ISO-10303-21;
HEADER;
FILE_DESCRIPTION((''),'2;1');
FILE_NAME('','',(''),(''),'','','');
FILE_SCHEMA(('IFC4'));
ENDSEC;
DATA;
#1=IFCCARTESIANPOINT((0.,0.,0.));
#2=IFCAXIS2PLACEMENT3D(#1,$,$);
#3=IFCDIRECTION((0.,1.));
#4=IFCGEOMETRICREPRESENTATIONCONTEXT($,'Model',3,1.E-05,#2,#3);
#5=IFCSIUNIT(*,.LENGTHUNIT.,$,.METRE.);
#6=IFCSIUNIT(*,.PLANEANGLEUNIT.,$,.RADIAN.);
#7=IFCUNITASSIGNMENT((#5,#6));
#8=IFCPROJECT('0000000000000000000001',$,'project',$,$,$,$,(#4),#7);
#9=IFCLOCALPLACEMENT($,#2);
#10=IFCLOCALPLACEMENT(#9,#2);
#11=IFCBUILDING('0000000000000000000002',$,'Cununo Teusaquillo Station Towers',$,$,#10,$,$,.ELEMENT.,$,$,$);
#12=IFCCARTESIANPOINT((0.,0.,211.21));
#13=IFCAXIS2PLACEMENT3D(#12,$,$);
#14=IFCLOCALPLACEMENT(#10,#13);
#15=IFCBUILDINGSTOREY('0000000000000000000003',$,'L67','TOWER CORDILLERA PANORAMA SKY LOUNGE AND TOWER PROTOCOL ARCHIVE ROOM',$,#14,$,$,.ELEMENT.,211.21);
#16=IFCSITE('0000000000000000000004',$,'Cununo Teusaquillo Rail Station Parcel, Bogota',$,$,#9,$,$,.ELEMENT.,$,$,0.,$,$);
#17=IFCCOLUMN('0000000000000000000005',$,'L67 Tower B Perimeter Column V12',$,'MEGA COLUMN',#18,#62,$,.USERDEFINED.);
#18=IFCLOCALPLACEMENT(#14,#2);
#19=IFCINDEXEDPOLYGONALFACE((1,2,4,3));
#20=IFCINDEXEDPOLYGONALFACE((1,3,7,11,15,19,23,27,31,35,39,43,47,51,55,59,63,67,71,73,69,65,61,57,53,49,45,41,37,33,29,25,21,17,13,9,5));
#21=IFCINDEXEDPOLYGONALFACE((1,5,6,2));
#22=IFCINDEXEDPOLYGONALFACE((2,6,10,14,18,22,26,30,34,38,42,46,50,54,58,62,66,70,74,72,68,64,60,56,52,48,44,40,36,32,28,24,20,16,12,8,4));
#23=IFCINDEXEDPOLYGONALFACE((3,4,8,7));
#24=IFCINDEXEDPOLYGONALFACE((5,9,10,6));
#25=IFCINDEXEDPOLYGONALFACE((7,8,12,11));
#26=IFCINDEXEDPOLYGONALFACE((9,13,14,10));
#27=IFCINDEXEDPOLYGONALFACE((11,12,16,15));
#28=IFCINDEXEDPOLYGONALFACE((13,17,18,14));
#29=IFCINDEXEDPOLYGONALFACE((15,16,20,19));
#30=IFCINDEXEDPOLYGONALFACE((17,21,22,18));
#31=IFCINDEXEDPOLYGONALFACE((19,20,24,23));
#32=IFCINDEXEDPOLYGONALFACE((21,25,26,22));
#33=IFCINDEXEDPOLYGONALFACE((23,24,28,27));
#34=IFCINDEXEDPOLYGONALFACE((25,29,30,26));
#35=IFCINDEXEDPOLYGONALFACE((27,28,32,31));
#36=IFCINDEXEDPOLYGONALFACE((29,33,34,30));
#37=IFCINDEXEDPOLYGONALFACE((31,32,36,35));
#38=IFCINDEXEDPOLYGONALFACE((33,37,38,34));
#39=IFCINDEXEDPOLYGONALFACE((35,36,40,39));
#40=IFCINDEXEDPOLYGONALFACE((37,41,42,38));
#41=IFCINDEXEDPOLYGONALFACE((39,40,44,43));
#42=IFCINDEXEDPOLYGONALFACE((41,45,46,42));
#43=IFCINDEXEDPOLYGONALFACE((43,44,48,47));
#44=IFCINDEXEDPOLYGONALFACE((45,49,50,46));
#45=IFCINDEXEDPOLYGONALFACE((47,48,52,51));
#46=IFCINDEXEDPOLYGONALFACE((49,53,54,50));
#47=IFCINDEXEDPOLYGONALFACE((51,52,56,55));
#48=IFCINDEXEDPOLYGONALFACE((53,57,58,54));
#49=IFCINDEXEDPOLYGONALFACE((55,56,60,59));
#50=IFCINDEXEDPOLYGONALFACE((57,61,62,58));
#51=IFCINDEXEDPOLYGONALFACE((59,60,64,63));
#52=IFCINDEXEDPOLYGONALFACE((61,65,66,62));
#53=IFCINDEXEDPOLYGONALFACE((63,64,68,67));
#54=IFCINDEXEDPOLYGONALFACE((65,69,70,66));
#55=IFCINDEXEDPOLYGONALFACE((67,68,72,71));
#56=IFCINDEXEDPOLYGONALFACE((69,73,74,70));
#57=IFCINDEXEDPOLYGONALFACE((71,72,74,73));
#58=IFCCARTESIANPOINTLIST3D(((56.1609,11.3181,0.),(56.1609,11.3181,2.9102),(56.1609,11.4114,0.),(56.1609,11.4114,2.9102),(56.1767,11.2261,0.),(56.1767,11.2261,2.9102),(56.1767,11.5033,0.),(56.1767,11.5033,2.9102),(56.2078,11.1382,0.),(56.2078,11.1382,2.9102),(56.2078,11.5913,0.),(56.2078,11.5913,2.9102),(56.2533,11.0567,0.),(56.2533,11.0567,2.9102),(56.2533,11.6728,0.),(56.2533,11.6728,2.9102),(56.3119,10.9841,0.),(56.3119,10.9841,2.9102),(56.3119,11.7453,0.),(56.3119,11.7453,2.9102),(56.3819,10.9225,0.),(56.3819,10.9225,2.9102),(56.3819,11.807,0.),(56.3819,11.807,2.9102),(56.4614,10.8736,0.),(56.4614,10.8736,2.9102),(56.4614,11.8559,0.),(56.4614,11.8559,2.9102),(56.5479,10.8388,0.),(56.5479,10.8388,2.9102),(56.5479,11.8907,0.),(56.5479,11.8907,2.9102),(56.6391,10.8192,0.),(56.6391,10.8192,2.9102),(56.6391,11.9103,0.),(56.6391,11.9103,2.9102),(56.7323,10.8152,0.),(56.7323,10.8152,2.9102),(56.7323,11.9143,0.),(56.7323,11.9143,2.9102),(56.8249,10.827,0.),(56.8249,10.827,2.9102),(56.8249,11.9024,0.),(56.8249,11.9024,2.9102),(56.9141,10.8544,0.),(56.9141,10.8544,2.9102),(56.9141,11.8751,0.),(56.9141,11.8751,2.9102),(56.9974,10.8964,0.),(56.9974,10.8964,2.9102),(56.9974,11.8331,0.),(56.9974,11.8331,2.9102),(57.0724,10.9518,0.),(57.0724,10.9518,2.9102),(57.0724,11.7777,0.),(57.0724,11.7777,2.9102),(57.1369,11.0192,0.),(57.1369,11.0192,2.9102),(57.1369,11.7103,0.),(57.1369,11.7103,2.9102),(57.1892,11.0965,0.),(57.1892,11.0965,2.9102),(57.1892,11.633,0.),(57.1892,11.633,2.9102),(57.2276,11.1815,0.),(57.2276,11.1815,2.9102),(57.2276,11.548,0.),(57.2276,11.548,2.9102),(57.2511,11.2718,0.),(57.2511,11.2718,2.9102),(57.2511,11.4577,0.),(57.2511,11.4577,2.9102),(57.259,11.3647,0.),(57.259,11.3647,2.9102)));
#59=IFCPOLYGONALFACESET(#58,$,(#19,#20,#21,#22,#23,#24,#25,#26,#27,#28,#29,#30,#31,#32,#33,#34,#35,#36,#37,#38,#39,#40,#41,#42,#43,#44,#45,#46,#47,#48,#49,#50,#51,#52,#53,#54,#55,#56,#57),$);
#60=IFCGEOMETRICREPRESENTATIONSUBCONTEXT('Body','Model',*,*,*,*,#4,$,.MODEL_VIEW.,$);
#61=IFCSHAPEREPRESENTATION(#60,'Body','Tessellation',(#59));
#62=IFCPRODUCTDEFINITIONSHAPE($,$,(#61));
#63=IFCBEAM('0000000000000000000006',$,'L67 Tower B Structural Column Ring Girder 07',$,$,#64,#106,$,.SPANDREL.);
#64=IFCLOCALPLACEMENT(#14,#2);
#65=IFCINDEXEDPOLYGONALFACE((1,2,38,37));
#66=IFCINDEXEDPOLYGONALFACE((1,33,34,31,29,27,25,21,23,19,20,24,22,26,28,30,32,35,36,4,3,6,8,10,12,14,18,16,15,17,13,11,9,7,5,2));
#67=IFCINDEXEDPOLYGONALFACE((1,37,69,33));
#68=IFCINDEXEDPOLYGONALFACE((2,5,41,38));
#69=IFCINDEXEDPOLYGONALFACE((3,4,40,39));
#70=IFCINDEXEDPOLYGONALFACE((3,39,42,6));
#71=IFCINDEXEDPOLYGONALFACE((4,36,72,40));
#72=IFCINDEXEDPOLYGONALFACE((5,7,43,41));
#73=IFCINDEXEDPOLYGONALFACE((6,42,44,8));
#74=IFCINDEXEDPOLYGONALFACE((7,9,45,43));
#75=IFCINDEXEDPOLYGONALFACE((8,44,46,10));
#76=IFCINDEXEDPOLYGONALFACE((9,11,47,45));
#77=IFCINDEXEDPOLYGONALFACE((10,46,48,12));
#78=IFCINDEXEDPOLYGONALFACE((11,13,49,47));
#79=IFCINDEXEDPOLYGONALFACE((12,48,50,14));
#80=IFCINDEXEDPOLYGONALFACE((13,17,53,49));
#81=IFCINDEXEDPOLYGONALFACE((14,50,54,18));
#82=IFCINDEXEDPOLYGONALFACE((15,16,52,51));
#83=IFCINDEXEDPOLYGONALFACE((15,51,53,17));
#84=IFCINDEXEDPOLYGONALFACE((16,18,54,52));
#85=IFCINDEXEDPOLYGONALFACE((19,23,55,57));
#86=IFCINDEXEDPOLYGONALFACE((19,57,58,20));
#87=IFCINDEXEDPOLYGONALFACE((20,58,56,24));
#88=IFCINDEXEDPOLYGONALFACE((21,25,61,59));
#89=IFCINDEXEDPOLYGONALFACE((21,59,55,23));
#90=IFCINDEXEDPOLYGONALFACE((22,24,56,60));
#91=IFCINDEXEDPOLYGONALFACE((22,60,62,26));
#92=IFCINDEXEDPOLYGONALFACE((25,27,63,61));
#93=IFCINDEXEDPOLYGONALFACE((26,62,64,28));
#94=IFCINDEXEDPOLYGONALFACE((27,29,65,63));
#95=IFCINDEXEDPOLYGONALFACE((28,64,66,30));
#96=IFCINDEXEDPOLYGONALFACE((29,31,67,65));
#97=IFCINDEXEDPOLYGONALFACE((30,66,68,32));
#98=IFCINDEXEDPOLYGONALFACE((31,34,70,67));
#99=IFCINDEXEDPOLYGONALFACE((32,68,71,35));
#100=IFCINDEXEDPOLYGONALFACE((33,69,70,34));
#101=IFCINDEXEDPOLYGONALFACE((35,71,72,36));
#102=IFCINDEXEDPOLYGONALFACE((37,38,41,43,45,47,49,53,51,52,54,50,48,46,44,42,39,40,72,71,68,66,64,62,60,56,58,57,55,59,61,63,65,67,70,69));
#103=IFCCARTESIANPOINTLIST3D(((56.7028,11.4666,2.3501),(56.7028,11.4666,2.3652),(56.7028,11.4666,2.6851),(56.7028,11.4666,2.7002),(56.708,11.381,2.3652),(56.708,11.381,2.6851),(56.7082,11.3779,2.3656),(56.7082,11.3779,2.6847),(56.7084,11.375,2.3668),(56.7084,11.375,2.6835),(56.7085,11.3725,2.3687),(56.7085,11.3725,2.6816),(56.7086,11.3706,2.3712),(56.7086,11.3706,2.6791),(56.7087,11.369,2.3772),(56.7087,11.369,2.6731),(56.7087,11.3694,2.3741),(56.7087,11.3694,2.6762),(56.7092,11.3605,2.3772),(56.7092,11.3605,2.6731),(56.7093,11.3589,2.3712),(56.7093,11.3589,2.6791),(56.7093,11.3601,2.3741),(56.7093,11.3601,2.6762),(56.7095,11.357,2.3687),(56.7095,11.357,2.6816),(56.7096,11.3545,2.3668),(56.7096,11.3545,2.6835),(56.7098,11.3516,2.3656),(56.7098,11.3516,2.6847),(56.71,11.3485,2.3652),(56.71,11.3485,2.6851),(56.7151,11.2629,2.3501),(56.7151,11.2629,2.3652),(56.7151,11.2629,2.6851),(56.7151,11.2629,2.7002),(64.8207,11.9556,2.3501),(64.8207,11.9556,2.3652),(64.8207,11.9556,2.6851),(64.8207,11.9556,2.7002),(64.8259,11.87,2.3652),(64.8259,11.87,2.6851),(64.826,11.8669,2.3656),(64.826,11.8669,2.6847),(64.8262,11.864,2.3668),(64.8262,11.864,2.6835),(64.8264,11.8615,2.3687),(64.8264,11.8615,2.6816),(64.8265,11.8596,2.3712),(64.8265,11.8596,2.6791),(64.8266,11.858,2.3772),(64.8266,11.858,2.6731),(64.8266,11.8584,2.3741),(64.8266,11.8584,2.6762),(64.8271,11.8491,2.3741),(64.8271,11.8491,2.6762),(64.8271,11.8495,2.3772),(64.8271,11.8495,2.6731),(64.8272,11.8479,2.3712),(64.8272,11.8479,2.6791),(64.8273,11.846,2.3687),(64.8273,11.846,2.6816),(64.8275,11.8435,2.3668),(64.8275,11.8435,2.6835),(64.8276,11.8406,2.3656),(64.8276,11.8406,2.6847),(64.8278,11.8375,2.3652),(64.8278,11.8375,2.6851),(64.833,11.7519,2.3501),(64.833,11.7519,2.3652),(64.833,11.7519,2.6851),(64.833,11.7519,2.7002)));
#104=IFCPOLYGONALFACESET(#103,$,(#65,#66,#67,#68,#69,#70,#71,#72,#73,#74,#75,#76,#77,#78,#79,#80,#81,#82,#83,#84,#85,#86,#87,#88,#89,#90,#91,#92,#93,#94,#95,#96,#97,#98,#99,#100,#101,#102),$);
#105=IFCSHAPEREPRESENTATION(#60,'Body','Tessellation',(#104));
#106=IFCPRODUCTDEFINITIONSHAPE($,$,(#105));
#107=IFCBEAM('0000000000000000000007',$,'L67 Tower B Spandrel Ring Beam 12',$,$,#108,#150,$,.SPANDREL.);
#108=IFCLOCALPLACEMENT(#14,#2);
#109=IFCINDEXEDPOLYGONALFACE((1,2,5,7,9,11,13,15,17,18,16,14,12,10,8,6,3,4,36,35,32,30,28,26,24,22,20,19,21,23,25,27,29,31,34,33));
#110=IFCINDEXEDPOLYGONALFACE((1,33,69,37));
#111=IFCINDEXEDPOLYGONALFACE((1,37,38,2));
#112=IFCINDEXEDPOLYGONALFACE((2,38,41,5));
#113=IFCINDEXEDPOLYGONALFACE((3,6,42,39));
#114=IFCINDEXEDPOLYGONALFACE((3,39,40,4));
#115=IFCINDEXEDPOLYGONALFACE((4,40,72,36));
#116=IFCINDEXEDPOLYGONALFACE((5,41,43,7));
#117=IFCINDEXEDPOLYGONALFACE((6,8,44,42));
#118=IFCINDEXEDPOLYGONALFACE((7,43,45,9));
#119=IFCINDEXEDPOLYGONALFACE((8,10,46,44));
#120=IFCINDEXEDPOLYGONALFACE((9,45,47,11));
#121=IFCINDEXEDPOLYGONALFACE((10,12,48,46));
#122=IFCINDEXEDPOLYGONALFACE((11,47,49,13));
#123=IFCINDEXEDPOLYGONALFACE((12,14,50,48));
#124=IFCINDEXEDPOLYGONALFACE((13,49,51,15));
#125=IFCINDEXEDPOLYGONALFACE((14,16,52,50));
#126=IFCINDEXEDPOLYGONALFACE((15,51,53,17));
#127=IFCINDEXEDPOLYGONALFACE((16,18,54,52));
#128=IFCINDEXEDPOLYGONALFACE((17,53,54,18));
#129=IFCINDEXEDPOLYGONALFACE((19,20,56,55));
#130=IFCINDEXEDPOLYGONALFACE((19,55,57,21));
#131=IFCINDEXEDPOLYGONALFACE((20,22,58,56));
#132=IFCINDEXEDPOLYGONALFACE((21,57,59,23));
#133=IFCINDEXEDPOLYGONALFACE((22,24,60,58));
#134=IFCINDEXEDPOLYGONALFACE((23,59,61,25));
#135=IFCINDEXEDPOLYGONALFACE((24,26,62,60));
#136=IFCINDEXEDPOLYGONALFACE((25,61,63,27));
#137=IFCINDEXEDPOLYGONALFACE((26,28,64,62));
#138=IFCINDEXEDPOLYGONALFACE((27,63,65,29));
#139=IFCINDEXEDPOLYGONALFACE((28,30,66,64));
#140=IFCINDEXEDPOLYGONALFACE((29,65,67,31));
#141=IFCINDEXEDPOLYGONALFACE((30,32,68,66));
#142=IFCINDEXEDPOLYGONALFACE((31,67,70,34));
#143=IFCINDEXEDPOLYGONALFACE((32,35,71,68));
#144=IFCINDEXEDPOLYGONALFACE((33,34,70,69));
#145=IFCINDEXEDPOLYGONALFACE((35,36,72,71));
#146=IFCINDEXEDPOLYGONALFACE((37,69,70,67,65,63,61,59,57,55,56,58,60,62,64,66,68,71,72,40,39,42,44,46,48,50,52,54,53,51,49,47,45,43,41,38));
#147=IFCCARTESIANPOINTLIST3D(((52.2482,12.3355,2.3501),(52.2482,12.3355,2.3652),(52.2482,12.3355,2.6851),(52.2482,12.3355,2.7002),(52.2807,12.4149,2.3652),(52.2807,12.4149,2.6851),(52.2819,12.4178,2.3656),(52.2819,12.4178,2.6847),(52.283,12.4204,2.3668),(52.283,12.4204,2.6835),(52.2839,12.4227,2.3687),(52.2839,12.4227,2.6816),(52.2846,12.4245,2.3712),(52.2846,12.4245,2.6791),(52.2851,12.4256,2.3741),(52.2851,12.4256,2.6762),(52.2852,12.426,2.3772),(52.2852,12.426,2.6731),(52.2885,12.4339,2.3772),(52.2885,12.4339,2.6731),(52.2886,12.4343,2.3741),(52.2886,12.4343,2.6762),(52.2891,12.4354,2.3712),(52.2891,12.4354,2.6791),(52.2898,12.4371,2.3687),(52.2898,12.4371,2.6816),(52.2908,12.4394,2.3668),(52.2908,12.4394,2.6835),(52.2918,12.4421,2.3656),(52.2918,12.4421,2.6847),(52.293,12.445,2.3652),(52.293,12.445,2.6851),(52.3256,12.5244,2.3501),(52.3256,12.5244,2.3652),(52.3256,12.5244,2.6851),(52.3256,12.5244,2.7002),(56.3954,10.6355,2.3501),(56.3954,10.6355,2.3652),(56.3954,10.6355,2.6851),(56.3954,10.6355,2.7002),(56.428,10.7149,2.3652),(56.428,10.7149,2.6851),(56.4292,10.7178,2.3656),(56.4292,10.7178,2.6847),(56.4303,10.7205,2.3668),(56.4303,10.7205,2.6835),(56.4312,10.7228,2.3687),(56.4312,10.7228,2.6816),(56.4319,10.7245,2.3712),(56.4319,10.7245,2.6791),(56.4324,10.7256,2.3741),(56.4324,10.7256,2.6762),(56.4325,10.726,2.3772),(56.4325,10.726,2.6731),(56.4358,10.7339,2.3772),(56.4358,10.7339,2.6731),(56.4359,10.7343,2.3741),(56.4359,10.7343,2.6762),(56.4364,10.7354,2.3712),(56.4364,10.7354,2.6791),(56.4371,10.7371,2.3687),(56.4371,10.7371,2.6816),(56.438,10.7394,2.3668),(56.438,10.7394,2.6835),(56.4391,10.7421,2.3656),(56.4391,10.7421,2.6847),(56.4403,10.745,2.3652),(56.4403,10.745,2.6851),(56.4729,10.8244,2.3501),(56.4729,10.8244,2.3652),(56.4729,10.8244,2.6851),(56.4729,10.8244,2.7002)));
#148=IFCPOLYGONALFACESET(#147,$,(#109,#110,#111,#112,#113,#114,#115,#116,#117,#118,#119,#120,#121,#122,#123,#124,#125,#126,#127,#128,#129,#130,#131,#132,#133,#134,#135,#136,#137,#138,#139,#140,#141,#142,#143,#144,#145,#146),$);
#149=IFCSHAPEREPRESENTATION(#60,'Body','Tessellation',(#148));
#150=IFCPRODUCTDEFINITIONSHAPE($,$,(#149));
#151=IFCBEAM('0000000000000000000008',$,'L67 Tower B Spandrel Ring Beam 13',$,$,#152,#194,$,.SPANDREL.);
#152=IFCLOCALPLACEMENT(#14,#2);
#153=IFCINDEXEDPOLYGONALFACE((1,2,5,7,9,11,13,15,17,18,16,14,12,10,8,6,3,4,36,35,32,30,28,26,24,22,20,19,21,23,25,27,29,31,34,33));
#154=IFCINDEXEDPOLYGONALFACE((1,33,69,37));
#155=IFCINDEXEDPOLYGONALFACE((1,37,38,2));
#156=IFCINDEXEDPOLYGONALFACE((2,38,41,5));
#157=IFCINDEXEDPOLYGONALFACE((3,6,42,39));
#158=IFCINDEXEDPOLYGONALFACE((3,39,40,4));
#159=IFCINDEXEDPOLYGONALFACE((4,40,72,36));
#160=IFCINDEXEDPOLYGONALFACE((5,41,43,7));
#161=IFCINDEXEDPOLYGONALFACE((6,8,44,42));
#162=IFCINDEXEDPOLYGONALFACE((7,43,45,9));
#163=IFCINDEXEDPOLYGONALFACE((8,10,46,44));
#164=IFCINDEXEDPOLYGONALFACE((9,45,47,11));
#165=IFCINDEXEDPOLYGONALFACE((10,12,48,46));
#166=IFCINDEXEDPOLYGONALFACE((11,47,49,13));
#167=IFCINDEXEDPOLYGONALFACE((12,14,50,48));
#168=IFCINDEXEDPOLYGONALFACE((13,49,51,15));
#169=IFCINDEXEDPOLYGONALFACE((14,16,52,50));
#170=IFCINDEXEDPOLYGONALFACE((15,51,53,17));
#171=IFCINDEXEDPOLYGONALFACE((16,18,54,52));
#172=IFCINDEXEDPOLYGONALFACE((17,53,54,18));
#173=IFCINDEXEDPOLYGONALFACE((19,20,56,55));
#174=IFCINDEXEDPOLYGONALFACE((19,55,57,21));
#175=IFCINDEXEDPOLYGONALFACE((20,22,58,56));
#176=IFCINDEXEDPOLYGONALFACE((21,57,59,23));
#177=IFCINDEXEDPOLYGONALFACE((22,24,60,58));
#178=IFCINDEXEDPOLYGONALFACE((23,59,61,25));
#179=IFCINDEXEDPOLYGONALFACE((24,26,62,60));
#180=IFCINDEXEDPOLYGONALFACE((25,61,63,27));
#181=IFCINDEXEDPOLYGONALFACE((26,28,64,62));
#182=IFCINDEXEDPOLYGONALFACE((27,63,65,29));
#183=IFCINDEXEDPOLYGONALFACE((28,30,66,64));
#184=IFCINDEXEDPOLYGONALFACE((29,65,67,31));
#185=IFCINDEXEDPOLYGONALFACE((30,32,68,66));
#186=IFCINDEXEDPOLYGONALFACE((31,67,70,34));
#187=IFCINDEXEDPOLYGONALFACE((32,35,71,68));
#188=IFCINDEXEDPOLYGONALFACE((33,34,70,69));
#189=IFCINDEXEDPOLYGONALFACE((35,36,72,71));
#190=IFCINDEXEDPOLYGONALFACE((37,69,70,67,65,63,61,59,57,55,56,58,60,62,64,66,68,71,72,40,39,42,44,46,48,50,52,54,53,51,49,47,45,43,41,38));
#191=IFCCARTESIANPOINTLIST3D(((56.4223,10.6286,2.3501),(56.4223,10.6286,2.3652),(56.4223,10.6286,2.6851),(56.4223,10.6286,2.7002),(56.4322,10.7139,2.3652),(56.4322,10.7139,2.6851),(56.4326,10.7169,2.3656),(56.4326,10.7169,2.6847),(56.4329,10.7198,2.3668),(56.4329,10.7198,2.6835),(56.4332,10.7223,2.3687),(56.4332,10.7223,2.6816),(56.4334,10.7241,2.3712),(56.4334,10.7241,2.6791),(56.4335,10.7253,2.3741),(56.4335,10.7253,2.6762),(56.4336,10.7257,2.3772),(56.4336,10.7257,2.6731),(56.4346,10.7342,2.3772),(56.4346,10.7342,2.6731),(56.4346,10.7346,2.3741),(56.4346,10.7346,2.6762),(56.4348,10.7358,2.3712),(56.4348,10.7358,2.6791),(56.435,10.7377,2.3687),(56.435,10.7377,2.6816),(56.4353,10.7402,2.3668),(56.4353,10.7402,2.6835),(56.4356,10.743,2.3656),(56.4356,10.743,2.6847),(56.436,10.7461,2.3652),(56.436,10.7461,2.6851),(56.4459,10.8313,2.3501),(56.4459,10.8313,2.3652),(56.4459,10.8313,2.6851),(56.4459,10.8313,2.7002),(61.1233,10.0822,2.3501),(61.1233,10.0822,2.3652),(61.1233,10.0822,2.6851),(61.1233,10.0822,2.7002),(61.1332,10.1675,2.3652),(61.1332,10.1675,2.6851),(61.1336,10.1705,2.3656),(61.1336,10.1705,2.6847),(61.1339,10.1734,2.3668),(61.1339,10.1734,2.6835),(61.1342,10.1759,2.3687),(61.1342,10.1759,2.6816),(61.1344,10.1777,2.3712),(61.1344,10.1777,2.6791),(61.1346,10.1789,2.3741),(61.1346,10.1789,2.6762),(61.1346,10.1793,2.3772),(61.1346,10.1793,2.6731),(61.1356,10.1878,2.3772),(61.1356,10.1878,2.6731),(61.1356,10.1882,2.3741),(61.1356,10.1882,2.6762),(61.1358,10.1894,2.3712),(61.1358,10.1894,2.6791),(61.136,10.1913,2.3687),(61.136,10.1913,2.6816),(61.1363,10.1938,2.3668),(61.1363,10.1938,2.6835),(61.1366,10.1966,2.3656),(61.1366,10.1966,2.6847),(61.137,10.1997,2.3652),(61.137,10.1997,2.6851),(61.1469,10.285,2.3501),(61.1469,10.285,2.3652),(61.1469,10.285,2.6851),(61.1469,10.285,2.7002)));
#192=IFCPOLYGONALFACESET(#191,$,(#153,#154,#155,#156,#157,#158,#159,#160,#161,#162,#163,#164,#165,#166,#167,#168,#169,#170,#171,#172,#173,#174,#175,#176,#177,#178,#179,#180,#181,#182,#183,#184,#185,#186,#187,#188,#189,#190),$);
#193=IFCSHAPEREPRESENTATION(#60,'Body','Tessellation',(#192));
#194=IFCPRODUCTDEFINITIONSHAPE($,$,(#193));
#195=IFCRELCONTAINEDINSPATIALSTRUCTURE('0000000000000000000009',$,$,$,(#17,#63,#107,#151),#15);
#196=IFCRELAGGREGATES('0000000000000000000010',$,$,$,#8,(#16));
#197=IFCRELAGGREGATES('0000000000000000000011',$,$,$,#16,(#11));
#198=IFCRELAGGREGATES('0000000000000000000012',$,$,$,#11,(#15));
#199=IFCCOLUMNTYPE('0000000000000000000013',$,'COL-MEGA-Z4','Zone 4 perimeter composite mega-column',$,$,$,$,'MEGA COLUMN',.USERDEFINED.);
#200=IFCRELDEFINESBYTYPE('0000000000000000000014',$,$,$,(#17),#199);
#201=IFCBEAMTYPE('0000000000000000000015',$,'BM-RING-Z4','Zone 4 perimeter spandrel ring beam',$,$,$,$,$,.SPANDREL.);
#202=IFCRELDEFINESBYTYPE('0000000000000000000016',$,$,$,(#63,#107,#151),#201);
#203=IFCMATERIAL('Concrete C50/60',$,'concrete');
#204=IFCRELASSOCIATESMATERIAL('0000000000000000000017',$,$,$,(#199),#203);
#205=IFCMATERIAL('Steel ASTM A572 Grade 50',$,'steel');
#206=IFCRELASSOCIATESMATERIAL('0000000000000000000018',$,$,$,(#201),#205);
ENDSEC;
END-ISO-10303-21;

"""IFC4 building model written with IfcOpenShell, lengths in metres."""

from ifc_helpers import new_model, si_unit, direction, frame, origin, origin_2d, place, context, subcontext, project, spatial, circle, i_section, extrude, material, material_profile, profile_set, type_object, element, save


model = new_model("IFC4")

# Units and contexts
model_context = context("Model", 3, precision=1e-05, world=origin(), true_north=direction((0.0, 1.0)))
body_context = subcontext(model_context, "Body", "Model", "MODEL_VIEW")
ifc_project = project(units=[si_unit("LENGTHUNIT", "METRE"), si_unit("PLANEANGLEUNIT", "RADIAN")], contexts=[model_context])

# Site, building, storey
site_placement = place(None, origin())
site = spatial("IfcSite", under=ifc_project, at=site_placement, Name="Cununo Teusaquillo Rail Station Parcel, Bogota", CompositionType="ELEMENT", RefElevation=0.0)
building_placement = place(site_placement, origin())
building = spatial("IfcBuilding", under=site, at=building_placement, Name="Cununo Teusaquillo Station Towers", CompositionType="ELEMENT")
storey_placement = place(building_placement, frame((0.0, 0.0, 211.21)))
storey = spatial("IfcBuildingStorey", under=building, at=storey_placement, Name="L67", Description="TOWER CORDILLERA PANORAMA SKY LOUNGE AND TOWER PROTOCOL ARCHIVE ROOM", CompositionType="ELEMENT", Elevation=211.21)

# Column
ifc_material_1 = material(Name="Concrete C50/60", Category="concrete")
ifc_material_profile_1 = material_profile(ifc_material_1, circle(Radius=0.55, at=origin_2d()), Name="RC-CIRC-1100")
ifc_profile_set_1 = profile_set([ifc_material_profile_1], Name="Concrete C50/60")
column_type = type_object("IfcColumnType", Name="COL-MEGA-Z4", Description="Zone 4 perimeter composite mega-column", ElementType="MEGA COLUMN", PredefinedType="USERDEFINED", material=ifc_profile_set_1)
column_placement = place(storey_placement, frame((56.709, 11.3647, 0.0), z_axis=(0.0, 0.0, 1.0), x_axis=(1.0, 0.0, 0.0)))
element("IfcColumn", 1, at=column_placement, inside=storey, type_object=column_type, Name="L67 Tower B Perimeter Column V12", ObjectType="MEGA COLUMN", PredefinedType="USERDEFINED", context=body_context, shape_type="SweptSolid", body=[
    extrude(circle(Radius=0.55, at=origin_2d()), origin(), (0.0, 0.0, 1.0), 2.9102),
])

# Beams
ifc_material_2 = material(Name="Steel ASTM A572 Grade 50", Category="steel")
ifc_material_profile_2 = material_profile(ifc_material_2, i_section(OverallWidth=0.2041, OverallDepth=0.3501, WebThickness=0.0085, FlangeThickness=0.0151, FilletRadius=0.012, at=origin_2d()), Name="W14X48")
ifc_profile_set_2 = profile_set([ifc_material_profile_2], Name="Steel ASTM A572 Grade 50")
beam_type = type_object("IfcBeamType", Name="BM-RING-Z4", Description="Zone 4 perimeter spandrel ring beam", PredefinedType="SPANDREL", material=ifc_profile_set_2)
beam_1_placement = place(storey_placement, frame((56.709, 11.3647, 2.5251), z_axis=(0.998191, 0.06013, 0.0), x_axis=(-0.06013, 0.998191, 0.0)))
element("IfcBeam", 2, at=beam_1_placement, inside=storey, type_object=beam_type, Name="L67 Tower B Structural Column Ring Girder 07", PredefinedType="SPANDREL", context=body_context, shape_type="SweptSolid", body=[
    extrude(i_section(OverallWidth=0.2041, OverallDepth=0.3501, WebThickness=0.0085, FlangeThickness=0.0151, FilletRadius=0.012, at=origin_2d()), origin(), (0.0, 0.0, 1.0), 8.1326),
])
beam_2_placement = place(storey_placement, frame((52.2869, 12.4299, 2.5251), z_axis=(0.925284, -0.379275, 0.0), x_axis=(0.379275, 0.925284, 0.0)))
element("IfcBeam", 3, at=beam_2_placement, inside=storey, type_object=beam_type, Name="L67 Tower B Spandrel Ring Beam 12", PredefinedType="SPANDREL", context=body_context, shape_type="SweptSolid", body=[
    extrude(i_section(OverallWidth=0.2041, OverallDepth=0.3501, WebThickness=0.0085, FlangeThickness=0.0151, FilletRadius=0.012, at=origin_2d()), origin(), (0.0, 0.0, 1.0), 4.4822),
])
beam_3_placement = place(storey_placement, frame((56.4341, 10.73, 2.5251), z_axis=(0.993313, -0.115452, 0.0), x_axis=(0.115452, 0.993313, 0.0)))
element("IfcBeam", 4, at=beam_3_placement, inside=storey, type_object=beam_type, Name="L67 Tower B Spandrel Ring Beam 13", PredefinedType="SPANDREL", context=body_context, shape_type="SweptSolid", body=[
    extrude(i_section(OverallWidth=0.2041, OverallDepth=0.3501, WebThickness=0.0085, FlangeThickness=0.0151, FilletRadius=0.012, at=origin_2d()), origin(), (0.0, 0.0, 1.0), 4.7327),
])

save(model, "model.ifc")
